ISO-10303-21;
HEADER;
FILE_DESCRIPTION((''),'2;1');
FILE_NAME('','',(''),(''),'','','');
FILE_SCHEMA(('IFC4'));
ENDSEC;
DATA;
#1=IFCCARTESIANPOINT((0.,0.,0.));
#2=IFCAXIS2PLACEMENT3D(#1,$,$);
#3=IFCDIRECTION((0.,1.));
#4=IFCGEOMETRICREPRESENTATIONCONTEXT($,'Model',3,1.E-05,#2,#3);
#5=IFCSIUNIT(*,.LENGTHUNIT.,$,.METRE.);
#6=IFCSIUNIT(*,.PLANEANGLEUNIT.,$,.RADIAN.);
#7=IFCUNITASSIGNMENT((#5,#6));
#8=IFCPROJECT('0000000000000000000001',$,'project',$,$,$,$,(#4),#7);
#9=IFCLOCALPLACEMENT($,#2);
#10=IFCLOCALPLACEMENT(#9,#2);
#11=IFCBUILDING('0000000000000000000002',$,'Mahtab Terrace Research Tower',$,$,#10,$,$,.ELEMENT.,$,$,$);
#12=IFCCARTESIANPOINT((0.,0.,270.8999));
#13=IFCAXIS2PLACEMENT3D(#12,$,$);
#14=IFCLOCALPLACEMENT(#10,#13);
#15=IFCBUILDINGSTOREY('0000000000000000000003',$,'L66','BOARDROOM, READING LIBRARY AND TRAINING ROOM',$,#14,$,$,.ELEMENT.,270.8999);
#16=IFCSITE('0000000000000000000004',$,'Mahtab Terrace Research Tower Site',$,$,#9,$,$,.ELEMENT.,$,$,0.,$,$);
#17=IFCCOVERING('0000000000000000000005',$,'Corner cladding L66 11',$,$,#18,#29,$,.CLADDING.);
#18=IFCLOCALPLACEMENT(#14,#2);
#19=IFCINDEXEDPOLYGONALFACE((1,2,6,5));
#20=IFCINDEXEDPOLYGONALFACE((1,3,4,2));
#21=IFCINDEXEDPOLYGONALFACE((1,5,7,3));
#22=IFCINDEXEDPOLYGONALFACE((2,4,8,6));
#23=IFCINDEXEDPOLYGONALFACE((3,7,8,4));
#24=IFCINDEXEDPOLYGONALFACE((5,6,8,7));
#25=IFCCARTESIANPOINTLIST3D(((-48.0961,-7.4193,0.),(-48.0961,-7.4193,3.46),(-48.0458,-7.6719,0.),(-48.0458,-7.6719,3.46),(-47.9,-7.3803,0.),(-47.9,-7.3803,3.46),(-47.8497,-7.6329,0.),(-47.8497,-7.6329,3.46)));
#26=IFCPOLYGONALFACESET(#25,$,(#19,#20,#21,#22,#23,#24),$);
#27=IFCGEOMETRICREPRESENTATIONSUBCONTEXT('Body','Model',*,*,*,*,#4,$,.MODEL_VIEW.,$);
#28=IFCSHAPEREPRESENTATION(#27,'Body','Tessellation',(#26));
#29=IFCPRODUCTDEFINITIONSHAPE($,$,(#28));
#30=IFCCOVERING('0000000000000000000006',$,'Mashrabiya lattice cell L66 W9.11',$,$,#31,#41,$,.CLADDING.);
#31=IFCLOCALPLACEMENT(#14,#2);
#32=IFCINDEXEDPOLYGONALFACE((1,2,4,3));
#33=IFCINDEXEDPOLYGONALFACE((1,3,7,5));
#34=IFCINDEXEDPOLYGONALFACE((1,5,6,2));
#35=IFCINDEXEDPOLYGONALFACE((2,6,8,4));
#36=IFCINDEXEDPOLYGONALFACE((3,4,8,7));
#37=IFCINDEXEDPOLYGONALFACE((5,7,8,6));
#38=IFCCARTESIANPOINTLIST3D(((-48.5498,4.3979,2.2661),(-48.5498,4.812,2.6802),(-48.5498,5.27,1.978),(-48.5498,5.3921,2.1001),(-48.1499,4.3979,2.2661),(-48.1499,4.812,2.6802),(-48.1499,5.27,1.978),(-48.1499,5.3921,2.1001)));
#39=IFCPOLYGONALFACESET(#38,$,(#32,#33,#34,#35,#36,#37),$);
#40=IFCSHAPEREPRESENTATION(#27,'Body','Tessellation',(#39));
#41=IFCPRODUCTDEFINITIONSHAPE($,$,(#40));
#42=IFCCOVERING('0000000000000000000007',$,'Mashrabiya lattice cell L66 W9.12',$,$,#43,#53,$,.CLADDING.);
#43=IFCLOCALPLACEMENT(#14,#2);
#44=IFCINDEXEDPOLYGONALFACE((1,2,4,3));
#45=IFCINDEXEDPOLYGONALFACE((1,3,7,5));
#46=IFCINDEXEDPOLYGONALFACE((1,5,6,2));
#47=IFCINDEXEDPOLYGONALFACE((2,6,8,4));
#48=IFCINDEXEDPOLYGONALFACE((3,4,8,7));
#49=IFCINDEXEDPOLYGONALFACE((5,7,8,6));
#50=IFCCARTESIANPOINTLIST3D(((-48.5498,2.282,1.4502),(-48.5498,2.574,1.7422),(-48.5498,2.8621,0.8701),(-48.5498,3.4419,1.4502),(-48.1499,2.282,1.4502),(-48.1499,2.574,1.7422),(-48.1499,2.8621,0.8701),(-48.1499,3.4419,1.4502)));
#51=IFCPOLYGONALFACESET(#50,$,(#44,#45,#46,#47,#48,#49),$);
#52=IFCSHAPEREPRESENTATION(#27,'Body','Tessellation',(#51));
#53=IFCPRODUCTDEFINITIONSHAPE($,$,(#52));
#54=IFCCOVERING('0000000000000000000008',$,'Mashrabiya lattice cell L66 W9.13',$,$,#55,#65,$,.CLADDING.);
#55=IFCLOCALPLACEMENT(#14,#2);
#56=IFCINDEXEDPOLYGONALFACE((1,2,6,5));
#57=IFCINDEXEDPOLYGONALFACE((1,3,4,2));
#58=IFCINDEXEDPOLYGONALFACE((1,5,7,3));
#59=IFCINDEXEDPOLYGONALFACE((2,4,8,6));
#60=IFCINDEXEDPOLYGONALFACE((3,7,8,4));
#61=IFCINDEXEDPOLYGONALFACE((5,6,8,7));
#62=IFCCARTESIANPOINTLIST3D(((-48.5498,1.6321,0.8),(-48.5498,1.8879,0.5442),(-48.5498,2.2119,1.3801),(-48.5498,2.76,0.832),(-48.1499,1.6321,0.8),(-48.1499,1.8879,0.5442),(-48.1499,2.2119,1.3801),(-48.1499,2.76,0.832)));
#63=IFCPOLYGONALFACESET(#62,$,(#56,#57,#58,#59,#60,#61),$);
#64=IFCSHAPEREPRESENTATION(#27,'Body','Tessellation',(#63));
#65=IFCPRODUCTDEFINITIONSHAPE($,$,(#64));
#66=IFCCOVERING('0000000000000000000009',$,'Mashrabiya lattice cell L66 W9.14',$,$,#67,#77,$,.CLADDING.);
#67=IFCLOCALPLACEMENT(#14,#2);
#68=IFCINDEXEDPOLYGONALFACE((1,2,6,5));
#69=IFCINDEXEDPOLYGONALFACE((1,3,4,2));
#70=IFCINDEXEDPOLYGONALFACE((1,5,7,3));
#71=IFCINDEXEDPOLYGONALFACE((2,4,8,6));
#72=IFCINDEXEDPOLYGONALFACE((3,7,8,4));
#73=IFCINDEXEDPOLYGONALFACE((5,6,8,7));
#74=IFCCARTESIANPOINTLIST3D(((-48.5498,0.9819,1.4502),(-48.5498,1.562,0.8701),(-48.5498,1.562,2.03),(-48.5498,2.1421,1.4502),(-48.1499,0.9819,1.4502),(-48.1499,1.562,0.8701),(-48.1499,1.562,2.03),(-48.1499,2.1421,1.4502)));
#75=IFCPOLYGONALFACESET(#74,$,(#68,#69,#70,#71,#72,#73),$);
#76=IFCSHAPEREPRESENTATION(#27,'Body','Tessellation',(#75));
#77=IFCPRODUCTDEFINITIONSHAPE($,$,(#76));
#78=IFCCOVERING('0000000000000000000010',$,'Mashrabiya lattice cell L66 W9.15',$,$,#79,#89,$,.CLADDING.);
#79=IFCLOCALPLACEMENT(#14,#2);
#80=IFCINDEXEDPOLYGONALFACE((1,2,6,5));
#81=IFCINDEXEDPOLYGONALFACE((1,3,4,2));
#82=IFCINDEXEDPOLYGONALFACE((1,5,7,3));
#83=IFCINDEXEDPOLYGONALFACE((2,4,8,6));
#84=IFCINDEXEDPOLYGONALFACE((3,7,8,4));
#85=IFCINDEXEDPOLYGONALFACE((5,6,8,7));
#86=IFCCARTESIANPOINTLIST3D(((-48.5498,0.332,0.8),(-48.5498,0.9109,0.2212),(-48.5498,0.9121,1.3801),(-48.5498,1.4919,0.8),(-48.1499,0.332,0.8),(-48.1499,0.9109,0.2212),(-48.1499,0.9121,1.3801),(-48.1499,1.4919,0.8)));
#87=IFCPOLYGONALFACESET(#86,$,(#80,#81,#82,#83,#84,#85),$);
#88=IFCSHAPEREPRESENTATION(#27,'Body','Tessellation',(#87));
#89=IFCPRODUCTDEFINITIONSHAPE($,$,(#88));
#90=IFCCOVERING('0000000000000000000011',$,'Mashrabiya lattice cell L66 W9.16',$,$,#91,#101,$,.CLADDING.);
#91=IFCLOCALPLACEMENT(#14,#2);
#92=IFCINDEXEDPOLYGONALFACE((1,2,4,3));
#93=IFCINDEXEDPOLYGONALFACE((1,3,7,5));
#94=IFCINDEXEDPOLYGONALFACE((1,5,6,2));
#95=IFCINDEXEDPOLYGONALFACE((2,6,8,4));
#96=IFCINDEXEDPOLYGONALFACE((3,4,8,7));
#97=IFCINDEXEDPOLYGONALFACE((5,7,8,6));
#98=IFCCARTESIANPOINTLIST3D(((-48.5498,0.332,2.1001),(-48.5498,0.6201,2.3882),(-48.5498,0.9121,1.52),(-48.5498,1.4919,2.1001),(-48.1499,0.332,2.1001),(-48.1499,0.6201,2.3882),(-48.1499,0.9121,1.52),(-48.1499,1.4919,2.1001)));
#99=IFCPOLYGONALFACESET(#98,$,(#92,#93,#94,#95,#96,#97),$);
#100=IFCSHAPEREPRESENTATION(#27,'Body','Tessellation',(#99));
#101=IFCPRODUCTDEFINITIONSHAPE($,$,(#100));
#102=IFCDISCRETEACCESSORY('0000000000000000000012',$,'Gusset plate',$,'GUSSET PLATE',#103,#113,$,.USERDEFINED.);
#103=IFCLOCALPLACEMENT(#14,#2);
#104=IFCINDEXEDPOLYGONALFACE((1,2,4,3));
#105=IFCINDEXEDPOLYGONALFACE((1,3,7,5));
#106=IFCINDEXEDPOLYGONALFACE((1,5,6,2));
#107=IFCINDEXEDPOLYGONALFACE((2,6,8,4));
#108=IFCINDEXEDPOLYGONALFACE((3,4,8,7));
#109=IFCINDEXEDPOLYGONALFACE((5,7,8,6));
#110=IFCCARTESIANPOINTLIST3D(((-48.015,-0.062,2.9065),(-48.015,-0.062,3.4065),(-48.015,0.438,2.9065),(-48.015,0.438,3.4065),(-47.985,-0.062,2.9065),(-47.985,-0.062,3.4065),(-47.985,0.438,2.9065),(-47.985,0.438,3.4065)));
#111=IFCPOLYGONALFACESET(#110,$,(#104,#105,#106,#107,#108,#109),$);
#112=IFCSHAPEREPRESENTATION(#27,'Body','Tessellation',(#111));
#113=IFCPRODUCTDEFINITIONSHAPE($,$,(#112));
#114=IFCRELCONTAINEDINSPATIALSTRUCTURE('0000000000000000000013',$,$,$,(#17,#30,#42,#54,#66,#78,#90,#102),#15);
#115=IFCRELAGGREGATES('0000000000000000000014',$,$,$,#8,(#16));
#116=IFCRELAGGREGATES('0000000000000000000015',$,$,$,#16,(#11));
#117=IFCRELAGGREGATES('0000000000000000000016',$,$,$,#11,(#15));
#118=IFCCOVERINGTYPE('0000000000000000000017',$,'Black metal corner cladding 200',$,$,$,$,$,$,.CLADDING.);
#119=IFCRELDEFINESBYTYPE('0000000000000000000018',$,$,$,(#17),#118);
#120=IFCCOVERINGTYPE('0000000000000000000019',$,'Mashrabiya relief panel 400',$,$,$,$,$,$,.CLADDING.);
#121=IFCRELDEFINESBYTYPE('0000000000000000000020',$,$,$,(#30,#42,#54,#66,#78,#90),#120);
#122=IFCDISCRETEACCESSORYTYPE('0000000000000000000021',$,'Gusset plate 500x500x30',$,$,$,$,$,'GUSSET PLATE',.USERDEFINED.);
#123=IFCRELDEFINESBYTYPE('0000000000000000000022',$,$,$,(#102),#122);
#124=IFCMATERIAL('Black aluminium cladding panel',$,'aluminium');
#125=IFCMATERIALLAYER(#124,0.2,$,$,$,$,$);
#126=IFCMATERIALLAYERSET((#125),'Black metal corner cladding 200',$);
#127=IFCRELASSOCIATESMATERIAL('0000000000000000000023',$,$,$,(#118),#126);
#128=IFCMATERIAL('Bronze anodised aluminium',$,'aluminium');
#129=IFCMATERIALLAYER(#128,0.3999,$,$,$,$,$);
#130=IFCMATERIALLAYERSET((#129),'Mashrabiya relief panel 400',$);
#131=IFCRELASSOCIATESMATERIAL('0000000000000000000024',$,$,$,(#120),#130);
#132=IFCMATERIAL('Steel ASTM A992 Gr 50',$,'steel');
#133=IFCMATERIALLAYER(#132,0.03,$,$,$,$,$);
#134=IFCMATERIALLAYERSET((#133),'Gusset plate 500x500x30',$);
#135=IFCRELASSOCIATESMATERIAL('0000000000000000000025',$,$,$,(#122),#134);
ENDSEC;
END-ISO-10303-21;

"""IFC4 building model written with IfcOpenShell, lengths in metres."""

from ifc_helpers import new_model, si_unit, direction, frame, origin, origin_2d, place, context, subcontext, project, spatial, polyline, rectangle, outline, extrude, material, layer, layer_set, type_object, element, save


model = new_model("IFC4")

# Units and contexts
model_context = context("Model", 3, precision=1e-05, world=origin(), true_north=direction((0.0, 1.0)))
body_context = subcontext(model_context, "Body", "Model", "MODEL_VIEW")
ifc_project = project(units=[si_unit("LENGTHUNIT", "METRE"), si_unit("PLANEANGLEUNIT", "RADIAN")], contexts=[model_context])

# Site, building, storey
site_placement = place(None, origin())
site = spatial("IfcSite", under=ifc_project, at=site_placement, Name="Mahtab Terrace Research Tower Site", CompositionType="ELEMENT", RefElevation=0.0)
building_placement = place(site_placement, origin())
building = spatial("IfcBuilding", under=site, at=building_placement, Name="Mahtab Terrace Research Tower", CompositionType="ELEMENT")
storey_placement = place(building_placement, frame((0.0, 0.0, 270.8999)))
storey = spatial("IfcBuildingStorey", under=building, at=storey_placement, Name="L66", Description="BOARDROOM, READING LIBRARY AND TRAINING ROOM", CompositionType="ELEMENT", Elevation=270.8999)

# Shared definitions
ifc_material_1 = material(Name="Steel ASTM A992 Gr 50", Category="steel")

# Coverings
ifc_material_2 = material(Name="Black aluminium cladding panel", Category="aluminium")
ifc_layer_1 = layer(ifc_material_2, 0.2)
ifc_layer_set_1 = layer_set([ifc_layer_1], Name="Black metal corner cladding 200")
covering_type_1 = type_object("IfcCoveringType", Name="Black metal corner cladding 200", PredefinedType="CLADDING", material=ifc_layer_set_1)
covering_1_placement = place(storey_placement, frame((-47.9729, -7.5261, 0.0), z_axis=(0.0, 0.0, 1.0), x_axis=(0.195212, -0.980761, 0.0)))
element("IfcCovering", 1, at=covering_1_placement, inside=storey, type_object=covering_type_1, Name="Corner cladding L66 11", PredefinedType="CLADDING", context=body_context, shape_type="SweptSolid", body=[
    extrude(rectangle(XDim=0.2576, YDim=0.2, at=origin_2d()), origin(), (0.0, 0.0, 1.0), 3.46),
])
ifc_material_3 = material(Name="Bronze anodised aluminium", Category="aluminium")
ifc_layer_2 = layer(ifc_material_3, 0.3999)
ifc_layer_set_2 = layer_set([ifc_layer_2], Name="Mashrabiya relief panel 400")
covering_type_2 = type_object("IfcCoveringType", Name="Mashrabiya relief panel 400", PredefinedType="CLADDING", material=ifc_layer_set_2)
covering_2_placement = place(storey_placement, frame((-48.1499, 5.3921, 2.1001), z_axis=(1.0, 0.0, 0.0), x_axis=(0.0, -0.707107, 0.707107)))
element("IfcCovering", 2, at=covering_2_placement, inside=storey, type_object=covering_type_2, Name="Mashrabiya lattice cell L66 W9.11", PredefinedType="CLADDING", context=body_context, shape_type="SweptSolid", body=[
    extrude(outline(polyline([(0.0, 0.0), (0.8204, 0.0), (0.8204, 0.5856), (0.0, 0.1726), (0.0, 0.0)])), origin(), (0.0, 0.0, -1.0), 0.3999),
])
covering_3_placement = place(storey_placement, frame((-48.1499, 2.282, 1.4502), z_axis=(1.0, 0.0, 0.0), x_axis=(0.0, 0.707107, -0.707107)))
element("IfcCovering", 3, at=covering_3_placement, inside=storey, type_object=covering_type_2, Name="Mashrabiya lattice cell L66 W9.12", PredefinedType="CLADDING", context=body_context, shape_type="SweptSolid", body=[
    extrude(outline(polyline([(0.0, 0.0), (0.8204, 0.0), (0.8202, 0.8202), (0.0, 0.4129), (0.0, 0.0)])), origin(), (0.0, 0.0, -1.0), 0.3999),
])
covering_4_placement = place(storey_placement, frame((-48.1499, 2.2119, 1.3801), z_axis=(1.0, 0.0, 0.0), x_axis=(0.0, -0.706958, -0.707256)))
element("IfcCovering", 4, at=covering_4_placement, inside=storey, type_object=covering_type_2, Name="Mashrabiya lattice cell L66 W9.13", PredefinedType="CLADDING", context=body_context, shape_type="SweptSolid", body=[
    extrude(outline(polyline([(0.0, 0.0), (0.8202, 0.0), (0.8203, 0.3618), (0.0002, 0.7751), (0.0, 0.0)])), origin(), (0.0, 0.0, -1.0), 0.3999),
])
covering_5_placement = place(storey_placement, frame((-48.1499, 1.562, 2.03), z_axis=(1.0, 0.0, 0.0), x_axis=(0.0, -0.707256, -0.706958)))
element("IfcCovering", 5, at=covering_5_placement, inside=storey, type_object=covering_type_2, Name="Mashrabiya lattice cell L66 W9.14", PredefinedType="CLADDING", context=body_context, shape_type="SweptSolid", body=[
    extrude(outline(polyline([(0.0, 0.0), (0.8202, 0.0), (0.82, 0.8204), (-0.0003, 0.8202), (0.0, 0.0)])), origin(), (0.0, 0.0, -1.0), 0.3999),
])
covering_6_placement = place(storey_placement, frame((-48.1499, 1.4919, 0.8), z_axis=(1.0, 0.0, 0.0), x_axis=(0.0, -0.706958, 0.707256)))
element("IfcCovering", 6, at=covering_6_placement, inside=storey, type_object=covering_type_2, Name="Mashrabiya lattice cell L66 W9.15", PredefinedType="CLADDING", context=body_context, shape_type="SweptSolid", body=[
    extrude(outline(polyline([(0.0, 0.0), (0.8202, 0.0), (0.82, 0.8204), (0.0014, 0.8202), (0.0, 0.0)])), origin(), (0.0, 0.0, -1.0), 0.3999),
])
covering_7_placement = place(storey_placement, frame((-48.1499, 0.332, 2.1001), z_axis=(1.0, 0.0, 0.0), x_axis=(0.0, 0.707107, -0.707107)))
element("IfcCovering", 7, at=covering_7_placement, inside=storey, type_object=covering_type_2, Name="Mashrabiya lattice cell L66 W9.16", PredefinedType="CLADDING", context=body_context, shape_type="SweptSolid", body=[
    extrude(outline(polyline([(0.0, 0.0), (0.8204, 0.0), (0.8202, 0.8202), (0.0, 0.4074), (0.0, 0.0)])), origin(), (0.0, 0.0, -1.0), 0.3999),
])

# Discrete accessory
ifc_layer_3 = layer(ifc_material_1, 0.03)
ifc_layer_set_3 = layer_set([ifc_layer_3], Name="Gusset plate 500x500x30")
discrete_accessory_type = type_object("IfcDiscreteAccessoryType", Name="Gusset plate 500x500x30", ElementType="GUSSET PLATE", PredefinedType="USERDEFINED", material=ifc_layer_set_3)
discrete_accessory_placement = place(storey_placement, frame((-48.0, 0.188, 2.9065), z_axis=(0.0, 0.0, 1.0), x_axis=(0.0, 1.0, 0.0)))
element("IfcDiscreteAccessory", 8, at=discrete_accessory_placement, inside=storey, type_object=discrete_accessory_type, Name="Gusset plate", ObjectType="GUSSET PLATE", PredefinedType="USERDEFINED", context=body_context, shape_type="SweptSolid", body=[
    extrude(rectangle(XDim=0.5, YDim=0.03, at=origin_2d()), origin(), (0.0, 0.0, 1.0), 0.5),
])

save(model, "model.ifc")
